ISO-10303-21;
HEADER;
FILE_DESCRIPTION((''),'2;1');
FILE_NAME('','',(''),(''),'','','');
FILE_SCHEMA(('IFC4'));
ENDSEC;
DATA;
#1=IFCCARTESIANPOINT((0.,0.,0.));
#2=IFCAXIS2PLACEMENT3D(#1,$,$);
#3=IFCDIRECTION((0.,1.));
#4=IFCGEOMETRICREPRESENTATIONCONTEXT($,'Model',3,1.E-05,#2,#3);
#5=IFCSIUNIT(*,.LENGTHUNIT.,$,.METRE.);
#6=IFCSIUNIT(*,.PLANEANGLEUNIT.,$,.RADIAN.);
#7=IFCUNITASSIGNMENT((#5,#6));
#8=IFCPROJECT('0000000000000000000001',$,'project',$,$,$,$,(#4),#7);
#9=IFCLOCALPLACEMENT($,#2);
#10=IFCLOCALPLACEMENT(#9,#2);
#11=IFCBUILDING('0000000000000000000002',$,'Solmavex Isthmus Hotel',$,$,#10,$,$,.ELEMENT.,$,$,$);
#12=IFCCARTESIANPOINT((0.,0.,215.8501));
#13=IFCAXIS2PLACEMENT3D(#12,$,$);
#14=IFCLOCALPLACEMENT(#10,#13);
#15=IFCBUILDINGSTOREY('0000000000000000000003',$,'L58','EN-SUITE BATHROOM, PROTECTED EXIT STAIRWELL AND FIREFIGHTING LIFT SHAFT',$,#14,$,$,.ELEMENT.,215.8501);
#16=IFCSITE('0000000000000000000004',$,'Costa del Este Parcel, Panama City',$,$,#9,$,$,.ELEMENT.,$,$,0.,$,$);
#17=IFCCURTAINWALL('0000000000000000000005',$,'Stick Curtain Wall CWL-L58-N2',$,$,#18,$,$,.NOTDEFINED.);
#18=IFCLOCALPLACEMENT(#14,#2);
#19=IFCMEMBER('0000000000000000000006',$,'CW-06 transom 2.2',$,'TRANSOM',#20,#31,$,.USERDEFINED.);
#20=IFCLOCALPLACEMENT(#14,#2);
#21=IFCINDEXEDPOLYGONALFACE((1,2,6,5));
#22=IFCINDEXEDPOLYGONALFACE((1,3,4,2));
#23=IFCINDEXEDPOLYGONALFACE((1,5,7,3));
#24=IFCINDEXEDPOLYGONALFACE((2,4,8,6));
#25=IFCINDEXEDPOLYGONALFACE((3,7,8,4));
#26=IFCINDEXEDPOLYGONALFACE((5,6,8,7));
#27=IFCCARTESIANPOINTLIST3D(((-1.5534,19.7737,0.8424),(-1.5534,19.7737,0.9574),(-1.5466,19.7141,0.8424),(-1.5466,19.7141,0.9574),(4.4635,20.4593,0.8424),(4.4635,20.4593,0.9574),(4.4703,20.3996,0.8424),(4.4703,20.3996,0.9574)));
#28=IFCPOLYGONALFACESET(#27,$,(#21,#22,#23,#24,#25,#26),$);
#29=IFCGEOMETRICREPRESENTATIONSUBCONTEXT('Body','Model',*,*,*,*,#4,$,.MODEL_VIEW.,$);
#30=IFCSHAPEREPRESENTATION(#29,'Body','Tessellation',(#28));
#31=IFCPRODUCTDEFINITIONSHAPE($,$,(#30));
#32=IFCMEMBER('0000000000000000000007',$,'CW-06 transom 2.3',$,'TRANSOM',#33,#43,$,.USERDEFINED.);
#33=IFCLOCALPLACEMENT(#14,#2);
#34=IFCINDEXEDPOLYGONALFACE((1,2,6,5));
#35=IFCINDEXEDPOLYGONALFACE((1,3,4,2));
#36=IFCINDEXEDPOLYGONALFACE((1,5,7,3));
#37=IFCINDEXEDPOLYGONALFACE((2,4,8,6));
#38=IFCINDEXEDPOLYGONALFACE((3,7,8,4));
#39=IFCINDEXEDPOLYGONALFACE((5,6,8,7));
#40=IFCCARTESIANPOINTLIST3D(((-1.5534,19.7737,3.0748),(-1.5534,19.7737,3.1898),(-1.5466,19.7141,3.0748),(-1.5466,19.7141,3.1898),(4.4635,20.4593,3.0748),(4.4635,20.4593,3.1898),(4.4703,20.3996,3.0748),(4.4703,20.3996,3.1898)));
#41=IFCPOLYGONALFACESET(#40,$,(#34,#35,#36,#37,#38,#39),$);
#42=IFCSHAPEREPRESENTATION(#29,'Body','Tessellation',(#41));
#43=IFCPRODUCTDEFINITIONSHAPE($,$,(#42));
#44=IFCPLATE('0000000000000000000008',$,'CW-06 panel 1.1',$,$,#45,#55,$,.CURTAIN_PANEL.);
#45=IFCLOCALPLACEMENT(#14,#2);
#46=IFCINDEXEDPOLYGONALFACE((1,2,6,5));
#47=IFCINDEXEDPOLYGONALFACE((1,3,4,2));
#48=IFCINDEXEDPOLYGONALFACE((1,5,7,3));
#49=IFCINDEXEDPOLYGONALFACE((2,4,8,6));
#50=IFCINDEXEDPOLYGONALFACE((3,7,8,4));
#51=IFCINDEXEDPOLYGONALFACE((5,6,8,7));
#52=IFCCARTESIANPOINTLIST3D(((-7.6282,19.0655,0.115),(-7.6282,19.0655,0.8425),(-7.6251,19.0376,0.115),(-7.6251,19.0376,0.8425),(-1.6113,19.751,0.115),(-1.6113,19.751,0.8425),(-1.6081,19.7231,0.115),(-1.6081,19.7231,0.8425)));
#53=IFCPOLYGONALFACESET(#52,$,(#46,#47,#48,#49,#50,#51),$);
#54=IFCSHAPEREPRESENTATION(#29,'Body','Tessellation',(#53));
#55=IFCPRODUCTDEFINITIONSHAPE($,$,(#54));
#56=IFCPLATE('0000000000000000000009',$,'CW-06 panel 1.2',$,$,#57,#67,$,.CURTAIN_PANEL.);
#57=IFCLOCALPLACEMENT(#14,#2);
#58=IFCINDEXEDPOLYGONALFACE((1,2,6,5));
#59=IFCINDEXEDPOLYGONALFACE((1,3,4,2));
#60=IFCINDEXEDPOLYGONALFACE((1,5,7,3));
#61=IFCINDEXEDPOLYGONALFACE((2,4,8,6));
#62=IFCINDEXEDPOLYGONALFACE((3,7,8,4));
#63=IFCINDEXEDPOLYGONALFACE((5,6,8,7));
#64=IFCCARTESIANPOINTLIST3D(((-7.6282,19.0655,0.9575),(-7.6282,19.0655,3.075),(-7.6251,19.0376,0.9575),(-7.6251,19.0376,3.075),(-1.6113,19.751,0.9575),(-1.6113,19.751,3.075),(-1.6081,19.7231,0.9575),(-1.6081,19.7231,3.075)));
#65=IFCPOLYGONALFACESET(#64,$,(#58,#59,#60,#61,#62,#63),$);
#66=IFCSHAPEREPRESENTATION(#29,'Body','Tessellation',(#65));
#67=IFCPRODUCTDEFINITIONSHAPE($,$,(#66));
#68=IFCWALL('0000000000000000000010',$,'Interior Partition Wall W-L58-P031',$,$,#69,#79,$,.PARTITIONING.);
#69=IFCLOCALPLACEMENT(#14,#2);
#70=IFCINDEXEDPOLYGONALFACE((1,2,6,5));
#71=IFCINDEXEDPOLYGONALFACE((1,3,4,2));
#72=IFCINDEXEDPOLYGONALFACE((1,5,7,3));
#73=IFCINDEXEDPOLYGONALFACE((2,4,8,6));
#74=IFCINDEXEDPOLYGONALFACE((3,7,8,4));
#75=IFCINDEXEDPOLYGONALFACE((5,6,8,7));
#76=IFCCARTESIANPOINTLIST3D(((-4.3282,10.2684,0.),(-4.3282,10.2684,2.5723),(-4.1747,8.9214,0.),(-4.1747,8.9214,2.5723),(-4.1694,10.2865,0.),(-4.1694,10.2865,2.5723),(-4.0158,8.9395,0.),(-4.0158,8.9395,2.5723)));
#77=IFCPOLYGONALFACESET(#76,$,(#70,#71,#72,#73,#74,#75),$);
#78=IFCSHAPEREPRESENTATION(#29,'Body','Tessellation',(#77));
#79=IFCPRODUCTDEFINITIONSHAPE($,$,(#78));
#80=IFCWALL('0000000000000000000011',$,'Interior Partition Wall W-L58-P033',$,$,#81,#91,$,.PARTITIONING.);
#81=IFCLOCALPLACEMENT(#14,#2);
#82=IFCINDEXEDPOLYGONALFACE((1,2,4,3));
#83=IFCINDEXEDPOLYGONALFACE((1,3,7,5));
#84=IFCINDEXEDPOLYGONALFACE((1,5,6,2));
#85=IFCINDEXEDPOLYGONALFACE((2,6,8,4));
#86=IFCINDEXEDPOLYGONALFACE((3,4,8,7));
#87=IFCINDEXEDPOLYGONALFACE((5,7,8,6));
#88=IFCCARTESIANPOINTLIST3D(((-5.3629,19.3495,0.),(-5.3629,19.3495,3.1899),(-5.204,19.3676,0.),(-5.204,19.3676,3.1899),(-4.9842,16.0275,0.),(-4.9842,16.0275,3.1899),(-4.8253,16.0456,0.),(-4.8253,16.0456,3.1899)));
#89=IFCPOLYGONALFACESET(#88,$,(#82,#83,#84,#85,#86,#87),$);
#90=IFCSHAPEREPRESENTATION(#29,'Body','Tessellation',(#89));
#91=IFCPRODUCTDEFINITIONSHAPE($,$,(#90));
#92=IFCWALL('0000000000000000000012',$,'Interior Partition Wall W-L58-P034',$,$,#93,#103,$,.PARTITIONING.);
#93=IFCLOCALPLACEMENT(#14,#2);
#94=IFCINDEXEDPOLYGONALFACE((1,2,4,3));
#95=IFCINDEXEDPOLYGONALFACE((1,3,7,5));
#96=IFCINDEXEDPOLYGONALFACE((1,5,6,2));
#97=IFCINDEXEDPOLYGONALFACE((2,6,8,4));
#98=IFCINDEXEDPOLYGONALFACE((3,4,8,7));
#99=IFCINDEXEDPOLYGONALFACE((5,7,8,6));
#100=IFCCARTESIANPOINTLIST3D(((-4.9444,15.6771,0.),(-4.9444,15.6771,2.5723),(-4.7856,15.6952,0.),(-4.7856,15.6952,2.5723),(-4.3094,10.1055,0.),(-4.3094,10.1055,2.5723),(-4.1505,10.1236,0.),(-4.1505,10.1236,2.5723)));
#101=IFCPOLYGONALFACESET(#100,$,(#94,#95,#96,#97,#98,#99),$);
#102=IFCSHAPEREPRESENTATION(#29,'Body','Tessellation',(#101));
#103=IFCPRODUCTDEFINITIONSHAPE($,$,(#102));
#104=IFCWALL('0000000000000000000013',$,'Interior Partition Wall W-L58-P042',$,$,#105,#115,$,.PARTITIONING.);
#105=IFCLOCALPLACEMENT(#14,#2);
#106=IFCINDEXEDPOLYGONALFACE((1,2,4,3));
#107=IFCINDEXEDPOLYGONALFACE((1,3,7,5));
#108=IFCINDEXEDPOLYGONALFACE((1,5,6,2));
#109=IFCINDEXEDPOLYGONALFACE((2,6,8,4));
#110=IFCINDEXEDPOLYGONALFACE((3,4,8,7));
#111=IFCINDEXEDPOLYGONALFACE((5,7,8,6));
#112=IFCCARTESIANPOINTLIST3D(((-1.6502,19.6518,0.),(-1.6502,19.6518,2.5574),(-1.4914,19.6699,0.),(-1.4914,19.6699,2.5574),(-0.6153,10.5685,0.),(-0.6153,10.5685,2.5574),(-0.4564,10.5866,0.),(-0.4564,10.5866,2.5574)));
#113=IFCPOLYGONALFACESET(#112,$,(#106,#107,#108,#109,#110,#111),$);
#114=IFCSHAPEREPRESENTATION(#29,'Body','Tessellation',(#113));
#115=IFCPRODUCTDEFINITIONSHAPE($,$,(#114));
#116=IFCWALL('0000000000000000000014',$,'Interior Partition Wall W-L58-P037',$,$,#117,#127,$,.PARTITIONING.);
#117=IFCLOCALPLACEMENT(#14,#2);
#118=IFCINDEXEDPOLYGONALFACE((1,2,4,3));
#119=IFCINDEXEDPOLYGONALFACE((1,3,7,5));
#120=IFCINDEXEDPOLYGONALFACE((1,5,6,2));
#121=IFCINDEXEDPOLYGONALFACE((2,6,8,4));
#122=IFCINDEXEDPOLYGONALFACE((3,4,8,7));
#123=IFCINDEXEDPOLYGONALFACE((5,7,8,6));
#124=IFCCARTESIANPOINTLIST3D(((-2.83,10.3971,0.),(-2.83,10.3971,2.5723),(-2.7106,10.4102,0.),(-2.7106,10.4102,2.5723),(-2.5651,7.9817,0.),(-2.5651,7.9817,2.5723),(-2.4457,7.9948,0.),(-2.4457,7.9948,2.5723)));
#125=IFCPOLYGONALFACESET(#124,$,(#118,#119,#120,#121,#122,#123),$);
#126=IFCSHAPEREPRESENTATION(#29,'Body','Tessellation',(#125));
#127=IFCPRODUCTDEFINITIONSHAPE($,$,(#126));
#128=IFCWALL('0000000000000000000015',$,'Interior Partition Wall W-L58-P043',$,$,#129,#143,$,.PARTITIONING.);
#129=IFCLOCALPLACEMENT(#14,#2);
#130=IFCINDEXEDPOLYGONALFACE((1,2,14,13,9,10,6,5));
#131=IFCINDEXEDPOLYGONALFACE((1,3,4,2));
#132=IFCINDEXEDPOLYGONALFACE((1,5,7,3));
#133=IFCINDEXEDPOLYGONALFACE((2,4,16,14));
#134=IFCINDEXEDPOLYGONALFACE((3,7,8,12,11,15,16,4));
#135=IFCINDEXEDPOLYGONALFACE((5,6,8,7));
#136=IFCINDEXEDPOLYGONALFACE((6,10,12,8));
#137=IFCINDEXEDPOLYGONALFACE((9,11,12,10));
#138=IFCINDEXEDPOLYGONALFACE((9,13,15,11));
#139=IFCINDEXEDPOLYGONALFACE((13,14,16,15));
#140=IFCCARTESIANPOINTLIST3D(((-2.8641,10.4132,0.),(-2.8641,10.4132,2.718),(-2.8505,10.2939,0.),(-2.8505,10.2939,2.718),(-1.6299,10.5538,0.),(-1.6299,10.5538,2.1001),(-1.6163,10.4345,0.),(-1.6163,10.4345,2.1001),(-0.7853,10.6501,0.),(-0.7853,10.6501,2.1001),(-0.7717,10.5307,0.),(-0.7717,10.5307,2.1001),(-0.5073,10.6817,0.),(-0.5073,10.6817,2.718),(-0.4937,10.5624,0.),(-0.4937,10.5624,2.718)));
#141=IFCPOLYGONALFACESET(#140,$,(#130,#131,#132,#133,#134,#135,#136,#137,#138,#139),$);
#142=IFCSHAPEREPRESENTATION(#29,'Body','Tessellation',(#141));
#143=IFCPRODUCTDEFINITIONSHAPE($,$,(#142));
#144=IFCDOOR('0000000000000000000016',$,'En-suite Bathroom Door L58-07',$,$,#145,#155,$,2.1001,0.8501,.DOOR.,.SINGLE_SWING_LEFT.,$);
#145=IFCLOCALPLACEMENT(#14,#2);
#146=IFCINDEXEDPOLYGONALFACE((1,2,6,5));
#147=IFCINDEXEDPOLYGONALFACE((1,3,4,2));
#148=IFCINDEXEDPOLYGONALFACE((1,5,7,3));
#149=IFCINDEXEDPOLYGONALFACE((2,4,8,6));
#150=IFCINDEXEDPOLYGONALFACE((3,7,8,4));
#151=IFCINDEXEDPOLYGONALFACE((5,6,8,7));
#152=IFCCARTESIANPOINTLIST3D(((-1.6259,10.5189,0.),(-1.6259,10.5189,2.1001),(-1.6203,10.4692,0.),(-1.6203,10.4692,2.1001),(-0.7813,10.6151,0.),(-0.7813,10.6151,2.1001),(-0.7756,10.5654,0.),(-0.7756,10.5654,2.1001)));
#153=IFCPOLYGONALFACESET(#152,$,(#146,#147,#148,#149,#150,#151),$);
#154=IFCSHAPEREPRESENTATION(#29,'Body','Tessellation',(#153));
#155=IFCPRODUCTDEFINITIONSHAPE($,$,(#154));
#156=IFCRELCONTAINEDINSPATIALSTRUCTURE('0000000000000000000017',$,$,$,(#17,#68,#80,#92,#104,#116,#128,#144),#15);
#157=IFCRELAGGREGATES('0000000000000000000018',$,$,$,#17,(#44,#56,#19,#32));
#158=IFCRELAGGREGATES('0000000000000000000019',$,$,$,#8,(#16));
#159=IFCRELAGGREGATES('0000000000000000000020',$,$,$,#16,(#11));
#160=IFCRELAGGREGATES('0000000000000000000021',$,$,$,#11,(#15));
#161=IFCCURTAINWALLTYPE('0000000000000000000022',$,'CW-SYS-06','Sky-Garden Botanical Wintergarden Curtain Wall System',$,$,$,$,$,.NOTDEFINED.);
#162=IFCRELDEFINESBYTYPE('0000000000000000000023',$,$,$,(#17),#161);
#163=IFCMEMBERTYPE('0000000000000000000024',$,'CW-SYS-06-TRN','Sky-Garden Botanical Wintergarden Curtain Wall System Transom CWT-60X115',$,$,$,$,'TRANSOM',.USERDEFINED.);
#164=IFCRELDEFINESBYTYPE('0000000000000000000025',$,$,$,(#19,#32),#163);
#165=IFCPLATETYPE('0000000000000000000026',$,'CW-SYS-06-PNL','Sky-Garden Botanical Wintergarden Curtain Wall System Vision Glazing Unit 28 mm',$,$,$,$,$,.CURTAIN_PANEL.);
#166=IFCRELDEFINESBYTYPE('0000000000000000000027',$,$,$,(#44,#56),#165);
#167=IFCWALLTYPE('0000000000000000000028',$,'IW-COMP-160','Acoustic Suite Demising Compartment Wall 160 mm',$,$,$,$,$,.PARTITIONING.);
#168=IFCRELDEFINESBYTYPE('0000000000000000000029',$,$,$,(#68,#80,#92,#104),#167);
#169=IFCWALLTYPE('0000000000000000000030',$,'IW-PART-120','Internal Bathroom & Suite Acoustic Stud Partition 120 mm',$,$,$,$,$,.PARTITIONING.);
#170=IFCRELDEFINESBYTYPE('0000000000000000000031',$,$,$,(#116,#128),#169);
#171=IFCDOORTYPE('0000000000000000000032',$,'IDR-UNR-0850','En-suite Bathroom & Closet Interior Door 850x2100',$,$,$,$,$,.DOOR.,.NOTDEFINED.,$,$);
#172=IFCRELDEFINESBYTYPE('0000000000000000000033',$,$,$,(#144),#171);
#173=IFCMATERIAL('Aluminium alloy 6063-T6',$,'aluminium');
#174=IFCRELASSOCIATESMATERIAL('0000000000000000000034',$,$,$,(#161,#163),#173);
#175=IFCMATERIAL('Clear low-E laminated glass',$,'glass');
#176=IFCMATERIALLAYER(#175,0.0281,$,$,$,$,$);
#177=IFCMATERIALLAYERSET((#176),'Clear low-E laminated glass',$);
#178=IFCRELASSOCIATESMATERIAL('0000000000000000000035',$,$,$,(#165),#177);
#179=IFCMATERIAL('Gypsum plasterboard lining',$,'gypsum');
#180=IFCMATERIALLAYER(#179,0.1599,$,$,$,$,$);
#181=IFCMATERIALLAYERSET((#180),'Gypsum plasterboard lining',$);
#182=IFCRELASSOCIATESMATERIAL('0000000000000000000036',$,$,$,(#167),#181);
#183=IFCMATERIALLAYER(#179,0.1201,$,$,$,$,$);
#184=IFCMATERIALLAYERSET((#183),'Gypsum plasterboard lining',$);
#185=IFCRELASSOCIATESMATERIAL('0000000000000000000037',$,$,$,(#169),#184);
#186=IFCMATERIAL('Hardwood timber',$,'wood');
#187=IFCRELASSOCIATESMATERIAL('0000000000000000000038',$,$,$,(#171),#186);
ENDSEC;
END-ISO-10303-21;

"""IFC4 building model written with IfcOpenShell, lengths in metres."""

from ifc_helpers import new_model, si_unit, direction, frame, frame_2d, origin, origin_2d, place, context, subcontext, project, spatial, rectangle, extrude, material, layer, layer_set, material_profile, profile_set, type_object, element, fill, aggregate, save


model = new_model("IFC4")

# Units and contexts
model_context = context("Model", 3, precision=1e-05, world=origin(), true_north=direction((0.0, 1.0)))
body_context = subcontext(model_context, "Body", "Model", "MODEL_VIEW")
ifc_project = project(units=[si_unit("LENGTHUNIT", "METRE"), si_unit("PLANEANGLEUNIT", "RADIAN")], contexts=[model_context])

# Site, building, storey
site_placement = place(None, origin())
site = spatial("IfcSite", under=ifc_project, at=site_placement, Name="Costa del Este Parcel, Panama City", CompositionType="ELEMENT", RefElevation=0.0)
building_placement = place(site_placement, origin())
building = spatial("IfcBuilding", under=site, at=building_placement, Name="Solmavex Isthmus Hotel", CompositionType="ELEMENT")
storey_placement = place(building_placement, frame((0.0, 0.0, 215.8501)))
storey = spatial("IfcBuildingStorey", under=building, at=storey_placement, Name="L58", Description="EN-SUITE BATHROOM, PROTECTED EXIT STAIRWELL AND FIREFIGHTING LIFT SHAFT", CompositionType="ELEMENT", Elevation=215.8501)

# Shared definitions
ifc_material_1 = material(Name="Aluminium alloy 6063-T6", Category="aluminium")
curtain_wall_type = type_object("IfcCurtainWallType", Name="CW-SYS-06", Description="Sky-Garden Botanical Wintergarden Curtain Wall System", PredefinedType="NOTDEFINED", material=ifc_material_1)

# Curtain wall, members, plates
curtain_wall_1_placement = place(storey_placement, origin())
curtain_wall_1 = element("IfcCurtainWall", 1, at=curtain_wall_1_placement, inside=storey, type_object=curtain_wall_type, Name="Stick Curtain Wall CWL-L58-N2", PredefinedType="NOTDEFINED")
ifc_material_profile_1 = material_profile(ifc_material_1, rectangle(XDim=0.0601, YDim=0.115, at=origin_2d()), Name="CWT-60X115")
ifc_profile_set_1 = profile_set([ifc_material_profile_1], Name="Aluminium alloy 6063-T6")
member_type_1 = type_object("IfcMemberType", Name="CW-SYS-06-TRN", Description="Sky-Garden Botanical Wintergarden Curtain Wall System Transom CWT-60X115", ElementType="TRANSOM", PredefinedType="USERDEFINED", material=ifc_profile_set_1)
member_1_placement = place(storey_placement, frame((-1.55, 19.7439, 0.8999), z_axis=(0.993572, 0.113201, 0.0), x_axis=(-0.113201, 0.993572, 0.0)))
member_1 = element("IfcMember", 2, at=member_1_placement, type_object=member_type_1, Name="CW-06 transom 2.2", ObjectType="TRANSOM", PredefinedType="USERDEFINED", context=body_context, shape_type="SweptSolid", body=[
    extrude(rectangle(XDim=0.0601, YDim=0.115, at=origin_2d()), origin(), (0.0, 0.0, 1.0), 6.0559),
])
member_2_placement = place(storey_placement, frame((-1.55, 19.7439, 3.1323), z_axis=(0.993572, 0.113201, 0.0), x_axis=(-0.113201, 0.993572, 0.0)))
member_2 = element("IfcMember", 3, at=member_2_placement, type_object=member_type_1, Name="CW-06 transom 2.3", ObjectType="TRANSOM", PredefinedType="USERDEFINED", context=body_context, shape_type="SweptSolid", body=[
    extrude(rectangle(XDim=0.0601, YDim=0.115, at=origin_2d()), origin(), (0.0, 0.0, 1.0), 6.0559),
])
ifc_material_2 = material(Name="Clear low-E laminated glass", Category="glass")
ifc_layer_1 = layer(ifc_material_2, 0.0281)
ifc_layer_set_1 = layer_set([ifc_layer_1], Name="Clear low-E laminated glass")
plate_type = type_object("IfcPlateType", Name="CW-SYS-06-PNL", Description="Sky-Garden Botanical Wintergarden Curtain Wall System Vision Glazing Unit 28 mm", PredefinedType="CURTAIN_PANEL", material=ifc_layer_set_1)
plate_1_placement = place(storey_placement, frame((-4.6182, 19.3943, 0.115), z_axis=(0.0, 0.0, 1.0), x_axis=(0.993572, 0.113203, 0.0)))
plate_1 = element("IfcPlate", 4, at=plate_1_placement, type_object=plate_type, Name="CW-06 panel 1.1", PredefinedType="CURTAIN_PANEL", context=body_context, shape_type="SweptSolid", body=[
    extrude(rectangle(XDim=6.0559, YDim=0.0281, at=origin_2d()), origin(), (0.0, 0.0, 1.0), 0.7275),
])
plate_2_placement = place(storey_placement, frame((-4.6182, 19.3943, 0.9575), z_axis=(0.0, 0.0, 1.0), x_axis=(0.993572, 0.113203, 0.0)))
plate_2 = element("IfcPlate", 5, at=plate_2_placement, type_object=plate_type, Name="CW-06 panel 1.2", PredefinedType="CURTAIN_PANEL", context=body_context, shape_type="SweptSolid", body=[
    extrude(rectangle(XDim=6.0559, YDim=0.0281, at=origin_2d()), origin(), (0.0, 0.0, 1.0), 2.1174),
])
aggregate(curtain_wall_1, [plate_1, plate_2, member_1, member_2])

# Walls
ifc_material_3 = material(Name="Gypsum plasterboard lining", Category="gypsum")
ifc_layer_2 = layer(ifc_material_3, 0.1599)
ifc_layer_set_2 = layer_set([ifc_layer_2], Name="Gypsum plasterboard lining")
wall_type_1 = type_object("IfcWallType", Name="IW-COMP-160", Description="Acoustic Suite Demising Compartment Wall 160 mm", PredefinedType="PARTITIONING", material=ifc_layer_set_2)
wall_1_placement = place(storey_placement, frame((-4.2488, 10.2773, 0.0), z_axis=(0.0, 0.0, 1.0), x_axis=(0.113277, -0.993563, 0.0)))
element("IfcWall", 6, at=wall_1_placement, inside=storey, type_object=wall_type_1, Name="Interior Partition Wall W-L58-P031", PredefinedType="PARTITIONING", context=body_context, shape_type="SweptSolid", body=[
    extrude(rectangle(XDim=1.3557, YDim=0.1599, at=frame_2d((0.6777, 0.0))), origin(), (0.0, 0.0, 1.0), 2.5723),
])
wall_2_placement = place(storey_placement, frame((-5.2834, 19.3586, 0.0), z_axis=(0.0, 0.0, 1.0), x_axis=(0.113252, -0.993566, 0.0)))
element("IfcWall", 7, at=wall_2_placement, inside=storey, type_object=wall_type_1, Name="Interior Partition Wall W-L58-P033", PredefinedType="PARTITIONING", context=body_context, shape_type="SweptSolid", body=[
    extrude(rectangle(XDim=3.3435, YDim=0.1599, at=frame_2d((1.6719, 0.0))), origin(), (0.0, 0.0, 1.0), 3.1899),
])
wall_3_placement = place(storey_placement, frame((-4.865, 15.686, 0.0), z_axis=(0.0, 0.0, 1.0), x_axis=(0.113241, -0.993568, 0.0)))
element("IfcWall", 8, at=wall_3_placement, inside=storey, type_object=wall_type_1, Name="Interior Partition Wall W-L58-P034", PredefinedType="PARTITIONING", context=body_context, shape_type="SweptSolid", body=[
    extrude(rectangle(XDim=5.6077, YDim=0.1599, at=frame_2d((2.8037, 0.0))), origin(), (0.0, 0.0, 1.0), 2.5723),
])

# Shared definitions
ifc_material_4 = material(Name="Hardwood timber", Category="wood")

# Walls
wall_4_placement = place(storey_placement, frame((-1.5708, 19.6609, 0.0), z_axis=(0.0, 0.0, 1.0), x_axis=(0.113204, -0.993572, 0.0)))
element("IfcWall", 9, at=wall_4_placement, inside=storey, type_object=wall_type_1, Name="Interior Partition Wall W-L58-P042", PredefinedType="PARTITIONING", context=body_context, shape_type="SweptSolid", body=[
    extrude(rectangle(XDim=9.1421, YDim=0.1599, at=frame_2d((4.571, 0.0))), origin(), (0.0, 0.0, 1.0), 2.5574),
])
ifc_layer_3 = layer(ifc_material_3, 0.1201)
ifc_layer_set_3 = layer_set([ifc_layer_3], Name="Gypsum plasterboard lining")
wall_type_2 = type_object("IfcWallType", Name="IW-PART-120", Description="Internal Bathroom & Suite Acoustic Stud Partition 120 mm", PredefinedType="PARTITIONING", material=ifc_layer_set_3)
wall_5_placement = place(storey_placement, frame((-2.7703, 10.4036, 0.0), z_axis=(0.0, 0.0, 1.0), x_axis=(0.109009, -0.994041, 0.0)))
element("IfcWall", 10, at=wall_5_placement, inside=storey, type_object=wall_type_2, Name="Interior Partition Wall W-L58-P037", PredefinedType="PARTITIONING", context=body_context, shape_type="SweptSolid", body=[
    extrude(rectangle(XDim=2.4299, YDim=0.1201, at=frame_2d((1.2148, 0.0))), origin(), (0.0, 0.0, 1.0), 2.5723),
])

# Wall, opening, door
wall_6_placement = place(storey_placement, frame((-0.5005, 10.6221, 0.0), z_axis=(0.0, 0.0, 1.0), x_axis=(-0.993571, -0.11321, 0.0)))
wall_6 = element("IfcWall", 11, at=wall_6_placement, inside=storey, type_object=wall_type_2, Name="Interior Partition Wall W-L58-P043", PredefinedType="PARTITIONING", context=body_context, shape_type="SweptSolid", body=[
    extrude(rectangle(XDim=2.3721, YDim=0.1201, at=frame_2d((1.186, 0.0))), origin(), (0.0, 0.0, 1.0), 2.718),
])
opening_1_placement = place(wall_6_placement, frame((0.2798, 0.0, 0.0)))
opening_1 = element("IfcOpeningElement", 12, at=opening_1_placement, cuts=wall_6, PredefinedType="OPENING", context=body_context, shape_type="SweptSolid", body=[
    extrude(rectangle(XDim=0.8501, YDim=2.1001, at=frame_2d((0.425, 1.05))), frame((0.0, 0.0701, 0.0), z_axis=(0.0, -1.0, 0.0), x_axis=(1.0, 0.0, 0.0)), (0.0, 0.0, 1.0), 0.1401),
])
door_type_1 = type_object("IfcDoorType", Name="IDR-UNR-0850", Description="En-suite Bathroom & Closet Interior Door 850x2100", OperationType="NOTDEFINED", PredefinedType="DOOR", material=ifc_material_4)
door_1_placement = place(opening_1_placement, frame((0.8501, 0.0, 0.0), z_axis=(0.0, 0.0, 1.0), x_axis=(-1.0, 0.0, 0.0)))
door_1 = element("IfcDoor", 13, at=door_1_placement, inside=storey, type_object=door_type_1, Name="En-suite Bathroom Door L58-07", OperationType="SINGLE_SWING_LEFT", OverallHeight=2.1001, OverallWidth=0.8501, PredefinedType="DOOR", context=body_context, shape_type="SweptSolid", body=[
    extrude(rectangle(XDim=0.8501, YDim=2.1001, at=frame_2d((0.425, 1.05))), frame((0.0, 0.0249, 0.0), z_axis=(0.0, -1.0, 0.0), x_axis=(1.0, 0.0, 0.0)), (0.0, 0.0, 1.0), 0.05),
])
fill(opening_1, door_1)

save(model, "model.ifc")
